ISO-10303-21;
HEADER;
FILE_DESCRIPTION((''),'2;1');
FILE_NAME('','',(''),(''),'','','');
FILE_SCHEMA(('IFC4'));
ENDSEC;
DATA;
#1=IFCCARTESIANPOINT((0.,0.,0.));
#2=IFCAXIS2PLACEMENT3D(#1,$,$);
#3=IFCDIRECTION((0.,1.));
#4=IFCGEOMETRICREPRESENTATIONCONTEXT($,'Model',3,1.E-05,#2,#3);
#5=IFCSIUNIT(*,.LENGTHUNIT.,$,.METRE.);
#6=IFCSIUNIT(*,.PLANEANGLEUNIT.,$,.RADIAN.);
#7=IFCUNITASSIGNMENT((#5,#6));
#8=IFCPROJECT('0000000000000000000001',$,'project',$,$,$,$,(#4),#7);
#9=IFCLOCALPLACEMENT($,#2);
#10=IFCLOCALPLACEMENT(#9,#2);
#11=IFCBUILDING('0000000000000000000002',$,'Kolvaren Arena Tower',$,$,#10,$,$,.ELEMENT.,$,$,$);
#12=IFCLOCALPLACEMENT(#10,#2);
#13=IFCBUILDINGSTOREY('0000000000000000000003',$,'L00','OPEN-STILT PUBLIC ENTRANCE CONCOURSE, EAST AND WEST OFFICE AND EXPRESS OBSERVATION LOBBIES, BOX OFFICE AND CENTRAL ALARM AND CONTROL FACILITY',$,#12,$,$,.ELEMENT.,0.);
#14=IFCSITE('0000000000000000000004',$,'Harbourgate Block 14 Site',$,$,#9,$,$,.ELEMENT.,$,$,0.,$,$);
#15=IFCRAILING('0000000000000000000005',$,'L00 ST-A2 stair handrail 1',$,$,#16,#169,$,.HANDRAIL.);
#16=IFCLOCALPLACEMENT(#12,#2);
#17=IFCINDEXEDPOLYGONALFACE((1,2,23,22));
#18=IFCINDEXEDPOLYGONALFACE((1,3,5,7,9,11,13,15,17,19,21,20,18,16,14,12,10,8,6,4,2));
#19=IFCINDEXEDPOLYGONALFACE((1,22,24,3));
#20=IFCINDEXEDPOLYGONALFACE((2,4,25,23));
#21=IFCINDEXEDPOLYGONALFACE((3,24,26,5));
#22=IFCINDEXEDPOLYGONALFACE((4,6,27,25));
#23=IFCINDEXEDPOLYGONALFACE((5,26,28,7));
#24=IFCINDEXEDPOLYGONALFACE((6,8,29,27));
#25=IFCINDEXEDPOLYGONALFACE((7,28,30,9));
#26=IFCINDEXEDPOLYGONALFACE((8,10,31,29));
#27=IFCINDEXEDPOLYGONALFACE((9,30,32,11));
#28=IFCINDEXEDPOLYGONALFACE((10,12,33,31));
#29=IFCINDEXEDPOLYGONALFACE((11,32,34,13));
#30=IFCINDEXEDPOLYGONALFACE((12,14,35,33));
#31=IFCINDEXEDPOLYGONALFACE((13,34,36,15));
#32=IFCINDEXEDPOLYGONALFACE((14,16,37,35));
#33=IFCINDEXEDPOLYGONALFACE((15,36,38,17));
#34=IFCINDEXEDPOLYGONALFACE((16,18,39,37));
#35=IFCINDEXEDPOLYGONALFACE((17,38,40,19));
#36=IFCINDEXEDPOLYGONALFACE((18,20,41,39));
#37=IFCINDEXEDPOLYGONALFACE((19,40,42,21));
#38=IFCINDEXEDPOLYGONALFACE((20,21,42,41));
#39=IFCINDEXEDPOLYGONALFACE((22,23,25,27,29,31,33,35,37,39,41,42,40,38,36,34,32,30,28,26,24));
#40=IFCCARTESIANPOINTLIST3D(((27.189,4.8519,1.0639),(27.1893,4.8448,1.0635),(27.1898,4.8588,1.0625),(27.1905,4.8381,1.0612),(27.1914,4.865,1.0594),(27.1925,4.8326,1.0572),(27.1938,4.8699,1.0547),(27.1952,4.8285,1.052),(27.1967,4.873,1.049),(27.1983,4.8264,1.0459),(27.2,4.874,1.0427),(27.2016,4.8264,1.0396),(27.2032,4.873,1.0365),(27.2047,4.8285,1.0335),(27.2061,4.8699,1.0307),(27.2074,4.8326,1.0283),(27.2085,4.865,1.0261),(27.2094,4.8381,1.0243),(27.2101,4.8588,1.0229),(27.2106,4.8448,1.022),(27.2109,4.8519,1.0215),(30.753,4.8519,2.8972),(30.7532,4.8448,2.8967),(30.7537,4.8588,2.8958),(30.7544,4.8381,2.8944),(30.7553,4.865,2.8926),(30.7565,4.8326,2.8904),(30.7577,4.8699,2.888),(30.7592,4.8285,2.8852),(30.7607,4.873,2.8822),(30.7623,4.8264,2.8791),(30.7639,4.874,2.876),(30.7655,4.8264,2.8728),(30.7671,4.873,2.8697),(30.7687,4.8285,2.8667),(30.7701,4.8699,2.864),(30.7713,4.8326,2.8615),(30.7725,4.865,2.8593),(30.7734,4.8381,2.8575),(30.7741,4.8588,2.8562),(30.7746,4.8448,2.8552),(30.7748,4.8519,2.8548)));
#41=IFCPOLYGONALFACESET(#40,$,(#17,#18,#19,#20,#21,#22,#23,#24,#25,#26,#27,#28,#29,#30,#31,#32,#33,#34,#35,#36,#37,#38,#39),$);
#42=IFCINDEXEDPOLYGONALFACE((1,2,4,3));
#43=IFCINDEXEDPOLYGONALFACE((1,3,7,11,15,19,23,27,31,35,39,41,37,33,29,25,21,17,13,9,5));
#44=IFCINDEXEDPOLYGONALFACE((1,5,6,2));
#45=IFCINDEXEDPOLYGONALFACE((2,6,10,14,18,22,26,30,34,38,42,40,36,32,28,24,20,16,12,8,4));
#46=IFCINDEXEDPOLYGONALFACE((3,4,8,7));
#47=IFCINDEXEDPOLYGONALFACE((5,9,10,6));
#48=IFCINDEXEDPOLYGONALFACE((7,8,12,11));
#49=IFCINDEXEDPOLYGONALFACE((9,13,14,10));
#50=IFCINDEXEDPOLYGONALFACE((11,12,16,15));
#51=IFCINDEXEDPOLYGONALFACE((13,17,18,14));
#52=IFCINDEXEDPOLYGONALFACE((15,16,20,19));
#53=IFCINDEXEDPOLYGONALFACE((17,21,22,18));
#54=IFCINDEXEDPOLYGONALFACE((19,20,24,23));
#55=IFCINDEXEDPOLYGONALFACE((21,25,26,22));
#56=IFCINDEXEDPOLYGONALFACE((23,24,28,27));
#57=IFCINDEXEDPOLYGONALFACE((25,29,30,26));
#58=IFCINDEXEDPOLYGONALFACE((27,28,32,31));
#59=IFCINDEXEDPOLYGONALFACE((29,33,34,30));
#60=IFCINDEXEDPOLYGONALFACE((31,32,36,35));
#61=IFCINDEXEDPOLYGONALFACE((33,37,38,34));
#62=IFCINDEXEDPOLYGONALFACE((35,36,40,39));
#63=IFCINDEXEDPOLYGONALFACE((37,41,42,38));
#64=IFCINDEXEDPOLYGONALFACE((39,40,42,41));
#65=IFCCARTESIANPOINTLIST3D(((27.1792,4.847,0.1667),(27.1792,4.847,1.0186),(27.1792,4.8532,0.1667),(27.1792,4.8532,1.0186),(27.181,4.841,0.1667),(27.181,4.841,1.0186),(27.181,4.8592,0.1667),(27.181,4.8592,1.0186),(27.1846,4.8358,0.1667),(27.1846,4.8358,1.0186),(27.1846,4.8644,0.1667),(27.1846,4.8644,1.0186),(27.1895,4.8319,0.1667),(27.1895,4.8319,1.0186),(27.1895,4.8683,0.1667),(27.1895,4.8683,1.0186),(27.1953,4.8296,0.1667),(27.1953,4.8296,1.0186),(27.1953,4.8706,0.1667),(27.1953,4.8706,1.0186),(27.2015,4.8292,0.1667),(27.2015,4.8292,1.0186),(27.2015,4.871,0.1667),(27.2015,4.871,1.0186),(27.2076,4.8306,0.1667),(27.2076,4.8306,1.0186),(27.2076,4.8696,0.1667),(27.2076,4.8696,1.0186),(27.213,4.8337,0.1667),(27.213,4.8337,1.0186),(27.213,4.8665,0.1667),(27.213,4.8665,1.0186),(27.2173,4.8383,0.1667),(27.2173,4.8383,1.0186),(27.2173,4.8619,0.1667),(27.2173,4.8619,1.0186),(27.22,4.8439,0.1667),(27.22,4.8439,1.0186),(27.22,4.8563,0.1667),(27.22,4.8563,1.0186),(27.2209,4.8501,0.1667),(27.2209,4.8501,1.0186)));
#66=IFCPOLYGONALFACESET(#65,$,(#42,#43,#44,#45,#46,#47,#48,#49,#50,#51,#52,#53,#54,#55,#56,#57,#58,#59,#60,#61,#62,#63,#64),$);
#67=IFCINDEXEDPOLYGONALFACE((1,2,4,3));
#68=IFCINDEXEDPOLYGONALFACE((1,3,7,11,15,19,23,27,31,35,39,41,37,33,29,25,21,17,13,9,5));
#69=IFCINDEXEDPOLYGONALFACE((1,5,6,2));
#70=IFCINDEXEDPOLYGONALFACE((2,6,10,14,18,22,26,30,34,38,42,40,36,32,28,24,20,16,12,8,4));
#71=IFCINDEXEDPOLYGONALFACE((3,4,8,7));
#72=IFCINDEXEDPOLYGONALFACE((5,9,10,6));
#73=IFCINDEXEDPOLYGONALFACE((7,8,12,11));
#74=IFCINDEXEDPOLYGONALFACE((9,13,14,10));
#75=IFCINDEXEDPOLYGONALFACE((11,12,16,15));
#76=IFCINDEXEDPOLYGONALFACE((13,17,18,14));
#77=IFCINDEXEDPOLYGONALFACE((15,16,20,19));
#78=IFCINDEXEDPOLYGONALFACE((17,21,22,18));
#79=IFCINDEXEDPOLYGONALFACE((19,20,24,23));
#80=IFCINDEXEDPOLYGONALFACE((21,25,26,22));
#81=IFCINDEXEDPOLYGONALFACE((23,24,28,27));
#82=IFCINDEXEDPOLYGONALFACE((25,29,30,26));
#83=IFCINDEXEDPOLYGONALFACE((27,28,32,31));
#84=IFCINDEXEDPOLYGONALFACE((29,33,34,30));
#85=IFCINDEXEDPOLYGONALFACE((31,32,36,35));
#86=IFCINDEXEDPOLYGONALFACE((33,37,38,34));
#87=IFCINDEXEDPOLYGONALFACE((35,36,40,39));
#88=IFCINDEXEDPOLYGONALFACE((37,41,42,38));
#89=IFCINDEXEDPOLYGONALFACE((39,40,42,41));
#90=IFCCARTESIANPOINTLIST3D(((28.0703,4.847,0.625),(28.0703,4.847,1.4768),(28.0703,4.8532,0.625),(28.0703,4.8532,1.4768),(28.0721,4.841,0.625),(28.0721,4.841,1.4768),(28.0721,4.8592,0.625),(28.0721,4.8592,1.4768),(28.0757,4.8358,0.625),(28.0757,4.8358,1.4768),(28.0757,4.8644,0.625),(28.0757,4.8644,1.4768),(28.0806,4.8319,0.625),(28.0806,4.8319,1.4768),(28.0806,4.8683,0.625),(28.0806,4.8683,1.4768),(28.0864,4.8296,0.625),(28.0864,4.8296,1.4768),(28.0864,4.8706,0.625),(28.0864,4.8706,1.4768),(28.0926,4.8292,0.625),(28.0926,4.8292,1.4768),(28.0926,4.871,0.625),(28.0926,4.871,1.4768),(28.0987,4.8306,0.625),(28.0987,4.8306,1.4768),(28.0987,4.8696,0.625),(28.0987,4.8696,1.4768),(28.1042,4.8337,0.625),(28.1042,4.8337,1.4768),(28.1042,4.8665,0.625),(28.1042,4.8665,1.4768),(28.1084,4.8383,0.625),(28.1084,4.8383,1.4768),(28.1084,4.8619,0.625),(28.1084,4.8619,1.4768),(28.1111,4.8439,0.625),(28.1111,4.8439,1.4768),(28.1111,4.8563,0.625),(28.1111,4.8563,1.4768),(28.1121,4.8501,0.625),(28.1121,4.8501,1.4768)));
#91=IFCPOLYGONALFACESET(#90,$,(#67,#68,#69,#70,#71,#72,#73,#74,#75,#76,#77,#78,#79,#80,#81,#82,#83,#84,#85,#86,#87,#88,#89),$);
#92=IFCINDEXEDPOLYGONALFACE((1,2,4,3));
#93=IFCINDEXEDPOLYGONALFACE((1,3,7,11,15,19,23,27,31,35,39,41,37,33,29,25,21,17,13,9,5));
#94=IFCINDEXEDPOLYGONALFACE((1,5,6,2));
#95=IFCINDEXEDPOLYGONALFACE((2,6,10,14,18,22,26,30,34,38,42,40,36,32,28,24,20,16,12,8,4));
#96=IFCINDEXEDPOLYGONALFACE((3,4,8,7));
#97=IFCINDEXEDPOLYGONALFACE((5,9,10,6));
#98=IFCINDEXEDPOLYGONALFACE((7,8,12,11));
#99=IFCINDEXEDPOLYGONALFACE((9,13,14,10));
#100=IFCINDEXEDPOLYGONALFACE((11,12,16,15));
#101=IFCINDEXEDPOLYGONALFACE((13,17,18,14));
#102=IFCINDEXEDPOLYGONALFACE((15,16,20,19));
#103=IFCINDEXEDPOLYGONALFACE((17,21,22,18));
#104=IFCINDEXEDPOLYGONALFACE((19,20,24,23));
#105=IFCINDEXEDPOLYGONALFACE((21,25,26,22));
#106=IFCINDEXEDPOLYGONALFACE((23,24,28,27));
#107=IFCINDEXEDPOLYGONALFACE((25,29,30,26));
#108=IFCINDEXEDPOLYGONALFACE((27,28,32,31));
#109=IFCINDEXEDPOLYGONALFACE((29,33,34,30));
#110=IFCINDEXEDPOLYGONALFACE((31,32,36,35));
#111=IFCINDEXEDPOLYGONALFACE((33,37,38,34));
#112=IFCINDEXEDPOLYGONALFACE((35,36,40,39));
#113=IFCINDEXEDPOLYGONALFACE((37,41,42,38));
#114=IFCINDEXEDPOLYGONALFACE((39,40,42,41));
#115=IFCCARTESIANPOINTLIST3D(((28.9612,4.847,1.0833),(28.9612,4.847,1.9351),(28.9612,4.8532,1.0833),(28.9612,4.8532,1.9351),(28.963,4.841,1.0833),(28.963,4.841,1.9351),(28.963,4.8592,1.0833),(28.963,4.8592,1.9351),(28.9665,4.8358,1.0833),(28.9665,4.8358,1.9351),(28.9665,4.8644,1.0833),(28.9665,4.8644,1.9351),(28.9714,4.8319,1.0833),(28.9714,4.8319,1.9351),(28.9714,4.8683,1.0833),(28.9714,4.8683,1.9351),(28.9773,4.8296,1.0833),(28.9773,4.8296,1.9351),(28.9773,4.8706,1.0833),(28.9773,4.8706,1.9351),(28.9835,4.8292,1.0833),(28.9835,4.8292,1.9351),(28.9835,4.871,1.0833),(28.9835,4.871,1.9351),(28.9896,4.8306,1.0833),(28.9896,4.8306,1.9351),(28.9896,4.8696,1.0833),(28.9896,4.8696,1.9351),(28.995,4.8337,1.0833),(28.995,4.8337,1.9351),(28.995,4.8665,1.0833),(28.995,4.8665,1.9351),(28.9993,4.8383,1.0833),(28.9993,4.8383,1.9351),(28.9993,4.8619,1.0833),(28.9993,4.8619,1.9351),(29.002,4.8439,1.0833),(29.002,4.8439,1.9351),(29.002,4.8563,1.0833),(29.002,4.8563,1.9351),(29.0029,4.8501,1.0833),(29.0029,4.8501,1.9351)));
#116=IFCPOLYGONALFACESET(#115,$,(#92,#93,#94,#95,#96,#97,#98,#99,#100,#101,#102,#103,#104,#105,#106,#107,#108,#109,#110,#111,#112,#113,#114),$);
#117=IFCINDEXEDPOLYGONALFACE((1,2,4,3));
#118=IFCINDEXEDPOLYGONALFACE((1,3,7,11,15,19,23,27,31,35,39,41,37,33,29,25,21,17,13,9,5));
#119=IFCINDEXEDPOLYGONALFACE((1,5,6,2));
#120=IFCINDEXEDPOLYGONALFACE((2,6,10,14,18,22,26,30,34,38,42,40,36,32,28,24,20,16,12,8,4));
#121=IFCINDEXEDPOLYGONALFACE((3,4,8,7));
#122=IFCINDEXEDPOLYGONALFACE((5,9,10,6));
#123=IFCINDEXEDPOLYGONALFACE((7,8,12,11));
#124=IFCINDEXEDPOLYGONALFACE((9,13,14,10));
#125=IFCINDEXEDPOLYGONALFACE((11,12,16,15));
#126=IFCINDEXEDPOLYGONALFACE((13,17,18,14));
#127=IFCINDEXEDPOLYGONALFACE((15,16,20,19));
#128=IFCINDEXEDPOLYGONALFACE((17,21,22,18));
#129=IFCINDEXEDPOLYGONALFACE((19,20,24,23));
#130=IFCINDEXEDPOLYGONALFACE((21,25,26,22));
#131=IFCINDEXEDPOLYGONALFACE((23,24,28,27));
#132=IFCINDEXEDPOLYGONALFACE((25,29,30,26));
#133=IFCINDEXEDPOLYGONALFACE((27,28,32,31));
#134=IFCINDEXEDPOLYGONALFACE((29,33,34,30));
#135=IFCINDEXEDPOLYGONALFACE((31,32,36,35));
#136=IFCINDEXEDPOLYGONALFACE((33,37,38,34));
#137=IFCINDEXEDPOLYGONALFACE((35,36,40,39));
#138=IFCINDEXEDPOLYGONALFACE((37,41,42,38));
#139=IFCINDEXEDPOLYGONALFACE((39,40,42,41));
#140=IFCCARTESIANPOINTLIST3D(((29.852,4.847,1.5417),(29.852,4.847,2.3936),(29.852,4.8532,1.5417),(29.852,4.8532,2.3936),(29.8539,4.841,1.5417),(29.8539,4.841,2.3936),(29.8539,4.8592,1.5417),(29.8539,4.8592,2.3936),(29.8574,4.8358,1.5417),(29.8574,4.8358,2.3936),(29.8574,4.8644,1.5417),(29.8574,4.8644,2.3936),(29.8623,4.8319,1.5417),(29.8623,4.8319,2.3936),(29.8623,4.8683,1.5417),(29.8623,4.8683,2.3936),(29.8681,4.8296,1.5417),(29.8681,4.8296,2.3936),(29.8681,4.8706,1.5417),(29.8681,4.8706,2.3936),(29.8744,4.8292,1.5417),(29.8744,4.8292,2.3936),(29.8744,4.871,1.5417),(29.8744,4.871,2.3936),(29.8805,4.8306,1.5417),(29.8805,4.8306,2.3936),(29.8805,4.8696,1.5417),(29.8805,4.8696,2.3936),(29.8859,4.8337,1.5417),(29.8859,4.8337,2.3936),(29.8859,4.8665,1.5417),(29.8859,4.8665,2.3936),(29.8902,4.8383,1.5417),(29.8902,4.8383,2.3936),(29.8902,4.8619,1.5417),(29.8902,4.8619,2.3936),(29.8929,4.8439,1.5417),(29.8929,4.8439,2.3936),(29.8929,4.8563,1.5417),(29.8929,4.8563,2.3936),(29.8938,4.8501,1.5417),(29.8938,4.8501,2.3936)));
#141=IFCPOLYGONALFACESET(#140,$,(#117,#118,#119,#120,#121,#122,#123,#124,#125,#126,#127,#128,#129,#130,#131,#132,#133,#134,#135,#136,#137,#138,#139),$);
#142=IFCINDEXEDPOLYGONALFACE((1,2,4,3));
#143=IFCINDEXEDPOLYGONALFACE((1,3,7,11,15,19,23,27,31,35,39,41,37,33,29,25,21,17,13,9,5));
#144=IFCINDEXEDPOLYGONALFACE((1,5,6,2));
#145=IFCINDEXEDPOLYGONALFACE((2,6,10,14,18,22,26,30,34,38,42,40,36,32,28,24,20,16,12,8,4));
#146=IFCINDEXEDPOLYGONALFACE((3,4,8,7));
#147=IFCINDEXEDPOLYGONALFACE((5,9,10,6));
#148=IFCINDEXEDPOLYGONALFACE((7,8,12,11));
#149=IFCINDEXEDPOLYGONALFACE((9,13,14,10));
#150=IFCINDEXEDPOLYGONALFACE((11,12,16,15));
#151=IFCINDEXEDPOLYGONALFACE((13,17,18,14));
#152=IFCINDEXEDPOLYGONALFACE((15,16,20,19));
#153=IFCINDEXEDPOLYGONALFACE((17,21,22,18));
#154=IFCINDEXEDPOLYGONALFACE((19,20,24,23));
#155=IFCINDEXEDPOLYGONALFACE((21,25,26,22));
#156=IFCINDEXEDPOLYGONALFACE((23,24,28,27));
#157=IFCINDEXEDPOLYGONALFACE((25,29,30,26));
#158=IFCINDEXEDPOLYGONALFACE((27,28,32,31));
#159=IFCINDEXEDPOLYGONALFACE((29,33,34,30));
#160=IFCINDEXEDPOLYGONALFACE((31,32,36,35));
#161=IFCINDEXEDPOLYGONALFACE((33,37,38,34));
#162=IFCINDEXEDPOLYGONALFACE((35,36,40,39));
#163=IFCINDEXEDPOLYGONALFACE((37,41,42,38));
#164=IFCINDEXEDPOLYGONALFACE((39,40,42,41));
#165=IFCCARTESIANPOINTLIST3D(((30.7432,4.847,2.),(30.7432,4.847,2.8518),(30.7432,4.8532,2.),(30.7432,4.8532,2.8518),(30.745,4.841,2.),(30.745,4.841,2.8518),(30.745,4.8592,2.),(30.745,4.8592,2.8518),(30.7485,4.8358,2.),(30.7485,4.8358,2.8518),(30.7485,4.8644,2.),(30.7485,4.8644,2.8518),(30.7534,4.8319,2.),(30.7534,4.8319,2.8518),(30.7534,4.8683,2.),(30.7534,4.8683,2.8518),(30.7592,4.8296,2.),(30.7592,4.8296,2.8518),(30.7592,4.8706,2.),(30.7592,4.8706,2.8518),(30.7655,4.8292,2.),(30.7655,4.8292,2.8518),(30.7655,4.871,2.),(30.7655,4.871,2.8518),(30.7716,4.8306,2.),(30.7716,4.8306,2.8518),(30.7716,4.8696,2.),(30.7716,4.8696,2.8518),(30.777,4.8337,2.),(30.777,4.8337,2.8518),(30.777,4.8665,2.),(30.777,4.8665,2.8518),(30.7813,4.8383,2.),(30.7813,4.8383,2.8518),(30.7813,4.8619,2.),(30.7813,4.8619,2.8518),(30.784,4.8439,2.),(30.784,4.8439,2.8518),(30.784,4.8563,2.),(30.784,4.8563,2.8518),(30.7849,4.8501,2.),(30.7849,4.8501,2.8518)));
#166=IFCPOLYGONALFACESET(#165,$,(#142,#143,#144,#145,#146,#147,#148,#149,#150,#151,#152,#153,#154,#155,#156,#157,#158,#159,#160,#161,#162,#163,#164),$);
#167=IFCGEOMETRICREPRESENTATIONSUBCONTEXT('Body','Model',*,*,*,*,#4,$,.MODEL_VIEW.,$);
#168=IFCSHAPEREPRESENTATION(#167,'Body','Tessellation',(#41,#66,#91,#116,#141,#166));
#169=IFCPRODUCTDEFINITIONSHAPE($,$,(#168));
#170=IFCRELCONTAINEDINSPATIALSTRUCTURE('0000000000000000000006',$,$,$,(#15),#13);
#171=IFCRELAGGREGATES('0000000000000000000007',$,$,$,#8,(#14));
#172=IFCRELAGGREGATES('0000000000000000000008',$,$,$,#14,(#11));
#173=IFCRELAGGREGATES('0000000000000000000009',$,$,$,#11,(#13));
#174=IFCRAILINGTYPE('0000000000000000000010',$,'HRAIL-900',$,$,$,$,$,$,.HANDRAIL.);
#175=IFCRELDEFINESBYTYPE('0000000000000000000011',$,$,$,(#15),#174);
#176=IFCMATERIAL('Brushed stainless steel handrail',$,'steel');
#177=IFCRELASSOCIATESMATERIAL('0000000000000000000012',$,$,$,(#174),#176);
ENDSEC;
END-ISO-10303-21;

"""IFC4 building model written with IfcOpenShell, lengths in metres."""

from ifc_helpers import new_model, si_unit, direction, frame, origin, origin_2d, place, context, subcontext, project, spatial, circle, extrude, material, type_object, element, save


model = new_model("IFC4")

# Units and contexts
model_context = context("Model", 3, precision=1e-05, world=origin(), true_north=direction((0.0, 1.0)))
body_context = subcontext(model_context, "Body", "Model", "MODEL_VIEW")
ifc_project = project(units=[si_unit("LENGTHUNIT", "METRE"), si_unit("PLANEANGLEUNIT", "RADIAN")], contexts=[model_context])

# Site, building, storey
site_placement = place(None, origin())
site = spatial("IfcSite", under=ifc_project, at=site_placement, Name="Harbourgate Block 14 Site", CompositionType="ELEMENT", RefElevation=0.0)
building_placement = place(site_placement, origin())
building = spatial("IfcBuilding", under=site, at=building_placement, Name="Kolvaren Arena Tower", CompositionType="ELEMENT")
storey_placement = place(building_placement, origin())
storey = spatial("IfcBuildingStorey", under=building, at=storey_placement, Name="L00", Description="OPEN-STILT PUBLIC ENTRANCE CONCOURSE, EAST AND WEST OFFICE AND EXPRESS OBSERVATION LOBBIES, BOX OFFICE AND CENTRAL ALARM AND CONTROL FACILITY", CompositionType="ELEMENT", Elevation=0.0)

# Railing
ifc_material_1 = material(Name="Brushed stainless steel handrail", Category="steel")
railing_type = type_object("IfcRailingType", Name="HRAIL-900", PredefinedType="HANDRAIL", material=ifc_material_1)
for number, where, name in (
    (1, (27.2, 4.8501, 0.1667), "L00 ST-A2 stair handrail 1"),
):
    element("IfcRailing", number, at=place(storey_placement, frame(where)), inside=storey, type_object=railing_type, Name=name, PredefinedType="HANDRAIL", context=body_context, shape_type="SweptSolid", body=[
        extrude(circle(Radius=0.0239, at=origin_2d()), frame((0.0, 0.0, 0.876), z_axis=(0.889252, 0.0, 0.457418), x_axis=(0.0, 1.0, 0.0)), (0.0, 0.0, 1.0), 4.0078),
        extrude(circle(Radius=0.021, at=origin_2d()), origin(), (0.0, 0.0, 1.0), 0.8518),
        extrude(circle(Radius=0.021, at=origin_2d()), frame((0.8911, 0.0, 0.4583)), (0.0, 0.0, 1.0), 0.8518),
        extrude(circle(Radius=0.021, at=origin_2d()), frame((1.782, 0.0, 0.9165)), (0.0, 0.0, 1.0), 0.8518),
        extrude(circle(Radius=0.021, at=origin_2d()), frame((2.6729, 0.0, 1.375)), (0.0, 0.0, 1.0), 0.8518),
        extrude(circle(Radius=0.021, at=origin_2d()), frame((3.564, 0.0, 1.8333)), (0.0, 0.0, 1.0), 0.8518),
    ])

save(model, "model.ifc")
